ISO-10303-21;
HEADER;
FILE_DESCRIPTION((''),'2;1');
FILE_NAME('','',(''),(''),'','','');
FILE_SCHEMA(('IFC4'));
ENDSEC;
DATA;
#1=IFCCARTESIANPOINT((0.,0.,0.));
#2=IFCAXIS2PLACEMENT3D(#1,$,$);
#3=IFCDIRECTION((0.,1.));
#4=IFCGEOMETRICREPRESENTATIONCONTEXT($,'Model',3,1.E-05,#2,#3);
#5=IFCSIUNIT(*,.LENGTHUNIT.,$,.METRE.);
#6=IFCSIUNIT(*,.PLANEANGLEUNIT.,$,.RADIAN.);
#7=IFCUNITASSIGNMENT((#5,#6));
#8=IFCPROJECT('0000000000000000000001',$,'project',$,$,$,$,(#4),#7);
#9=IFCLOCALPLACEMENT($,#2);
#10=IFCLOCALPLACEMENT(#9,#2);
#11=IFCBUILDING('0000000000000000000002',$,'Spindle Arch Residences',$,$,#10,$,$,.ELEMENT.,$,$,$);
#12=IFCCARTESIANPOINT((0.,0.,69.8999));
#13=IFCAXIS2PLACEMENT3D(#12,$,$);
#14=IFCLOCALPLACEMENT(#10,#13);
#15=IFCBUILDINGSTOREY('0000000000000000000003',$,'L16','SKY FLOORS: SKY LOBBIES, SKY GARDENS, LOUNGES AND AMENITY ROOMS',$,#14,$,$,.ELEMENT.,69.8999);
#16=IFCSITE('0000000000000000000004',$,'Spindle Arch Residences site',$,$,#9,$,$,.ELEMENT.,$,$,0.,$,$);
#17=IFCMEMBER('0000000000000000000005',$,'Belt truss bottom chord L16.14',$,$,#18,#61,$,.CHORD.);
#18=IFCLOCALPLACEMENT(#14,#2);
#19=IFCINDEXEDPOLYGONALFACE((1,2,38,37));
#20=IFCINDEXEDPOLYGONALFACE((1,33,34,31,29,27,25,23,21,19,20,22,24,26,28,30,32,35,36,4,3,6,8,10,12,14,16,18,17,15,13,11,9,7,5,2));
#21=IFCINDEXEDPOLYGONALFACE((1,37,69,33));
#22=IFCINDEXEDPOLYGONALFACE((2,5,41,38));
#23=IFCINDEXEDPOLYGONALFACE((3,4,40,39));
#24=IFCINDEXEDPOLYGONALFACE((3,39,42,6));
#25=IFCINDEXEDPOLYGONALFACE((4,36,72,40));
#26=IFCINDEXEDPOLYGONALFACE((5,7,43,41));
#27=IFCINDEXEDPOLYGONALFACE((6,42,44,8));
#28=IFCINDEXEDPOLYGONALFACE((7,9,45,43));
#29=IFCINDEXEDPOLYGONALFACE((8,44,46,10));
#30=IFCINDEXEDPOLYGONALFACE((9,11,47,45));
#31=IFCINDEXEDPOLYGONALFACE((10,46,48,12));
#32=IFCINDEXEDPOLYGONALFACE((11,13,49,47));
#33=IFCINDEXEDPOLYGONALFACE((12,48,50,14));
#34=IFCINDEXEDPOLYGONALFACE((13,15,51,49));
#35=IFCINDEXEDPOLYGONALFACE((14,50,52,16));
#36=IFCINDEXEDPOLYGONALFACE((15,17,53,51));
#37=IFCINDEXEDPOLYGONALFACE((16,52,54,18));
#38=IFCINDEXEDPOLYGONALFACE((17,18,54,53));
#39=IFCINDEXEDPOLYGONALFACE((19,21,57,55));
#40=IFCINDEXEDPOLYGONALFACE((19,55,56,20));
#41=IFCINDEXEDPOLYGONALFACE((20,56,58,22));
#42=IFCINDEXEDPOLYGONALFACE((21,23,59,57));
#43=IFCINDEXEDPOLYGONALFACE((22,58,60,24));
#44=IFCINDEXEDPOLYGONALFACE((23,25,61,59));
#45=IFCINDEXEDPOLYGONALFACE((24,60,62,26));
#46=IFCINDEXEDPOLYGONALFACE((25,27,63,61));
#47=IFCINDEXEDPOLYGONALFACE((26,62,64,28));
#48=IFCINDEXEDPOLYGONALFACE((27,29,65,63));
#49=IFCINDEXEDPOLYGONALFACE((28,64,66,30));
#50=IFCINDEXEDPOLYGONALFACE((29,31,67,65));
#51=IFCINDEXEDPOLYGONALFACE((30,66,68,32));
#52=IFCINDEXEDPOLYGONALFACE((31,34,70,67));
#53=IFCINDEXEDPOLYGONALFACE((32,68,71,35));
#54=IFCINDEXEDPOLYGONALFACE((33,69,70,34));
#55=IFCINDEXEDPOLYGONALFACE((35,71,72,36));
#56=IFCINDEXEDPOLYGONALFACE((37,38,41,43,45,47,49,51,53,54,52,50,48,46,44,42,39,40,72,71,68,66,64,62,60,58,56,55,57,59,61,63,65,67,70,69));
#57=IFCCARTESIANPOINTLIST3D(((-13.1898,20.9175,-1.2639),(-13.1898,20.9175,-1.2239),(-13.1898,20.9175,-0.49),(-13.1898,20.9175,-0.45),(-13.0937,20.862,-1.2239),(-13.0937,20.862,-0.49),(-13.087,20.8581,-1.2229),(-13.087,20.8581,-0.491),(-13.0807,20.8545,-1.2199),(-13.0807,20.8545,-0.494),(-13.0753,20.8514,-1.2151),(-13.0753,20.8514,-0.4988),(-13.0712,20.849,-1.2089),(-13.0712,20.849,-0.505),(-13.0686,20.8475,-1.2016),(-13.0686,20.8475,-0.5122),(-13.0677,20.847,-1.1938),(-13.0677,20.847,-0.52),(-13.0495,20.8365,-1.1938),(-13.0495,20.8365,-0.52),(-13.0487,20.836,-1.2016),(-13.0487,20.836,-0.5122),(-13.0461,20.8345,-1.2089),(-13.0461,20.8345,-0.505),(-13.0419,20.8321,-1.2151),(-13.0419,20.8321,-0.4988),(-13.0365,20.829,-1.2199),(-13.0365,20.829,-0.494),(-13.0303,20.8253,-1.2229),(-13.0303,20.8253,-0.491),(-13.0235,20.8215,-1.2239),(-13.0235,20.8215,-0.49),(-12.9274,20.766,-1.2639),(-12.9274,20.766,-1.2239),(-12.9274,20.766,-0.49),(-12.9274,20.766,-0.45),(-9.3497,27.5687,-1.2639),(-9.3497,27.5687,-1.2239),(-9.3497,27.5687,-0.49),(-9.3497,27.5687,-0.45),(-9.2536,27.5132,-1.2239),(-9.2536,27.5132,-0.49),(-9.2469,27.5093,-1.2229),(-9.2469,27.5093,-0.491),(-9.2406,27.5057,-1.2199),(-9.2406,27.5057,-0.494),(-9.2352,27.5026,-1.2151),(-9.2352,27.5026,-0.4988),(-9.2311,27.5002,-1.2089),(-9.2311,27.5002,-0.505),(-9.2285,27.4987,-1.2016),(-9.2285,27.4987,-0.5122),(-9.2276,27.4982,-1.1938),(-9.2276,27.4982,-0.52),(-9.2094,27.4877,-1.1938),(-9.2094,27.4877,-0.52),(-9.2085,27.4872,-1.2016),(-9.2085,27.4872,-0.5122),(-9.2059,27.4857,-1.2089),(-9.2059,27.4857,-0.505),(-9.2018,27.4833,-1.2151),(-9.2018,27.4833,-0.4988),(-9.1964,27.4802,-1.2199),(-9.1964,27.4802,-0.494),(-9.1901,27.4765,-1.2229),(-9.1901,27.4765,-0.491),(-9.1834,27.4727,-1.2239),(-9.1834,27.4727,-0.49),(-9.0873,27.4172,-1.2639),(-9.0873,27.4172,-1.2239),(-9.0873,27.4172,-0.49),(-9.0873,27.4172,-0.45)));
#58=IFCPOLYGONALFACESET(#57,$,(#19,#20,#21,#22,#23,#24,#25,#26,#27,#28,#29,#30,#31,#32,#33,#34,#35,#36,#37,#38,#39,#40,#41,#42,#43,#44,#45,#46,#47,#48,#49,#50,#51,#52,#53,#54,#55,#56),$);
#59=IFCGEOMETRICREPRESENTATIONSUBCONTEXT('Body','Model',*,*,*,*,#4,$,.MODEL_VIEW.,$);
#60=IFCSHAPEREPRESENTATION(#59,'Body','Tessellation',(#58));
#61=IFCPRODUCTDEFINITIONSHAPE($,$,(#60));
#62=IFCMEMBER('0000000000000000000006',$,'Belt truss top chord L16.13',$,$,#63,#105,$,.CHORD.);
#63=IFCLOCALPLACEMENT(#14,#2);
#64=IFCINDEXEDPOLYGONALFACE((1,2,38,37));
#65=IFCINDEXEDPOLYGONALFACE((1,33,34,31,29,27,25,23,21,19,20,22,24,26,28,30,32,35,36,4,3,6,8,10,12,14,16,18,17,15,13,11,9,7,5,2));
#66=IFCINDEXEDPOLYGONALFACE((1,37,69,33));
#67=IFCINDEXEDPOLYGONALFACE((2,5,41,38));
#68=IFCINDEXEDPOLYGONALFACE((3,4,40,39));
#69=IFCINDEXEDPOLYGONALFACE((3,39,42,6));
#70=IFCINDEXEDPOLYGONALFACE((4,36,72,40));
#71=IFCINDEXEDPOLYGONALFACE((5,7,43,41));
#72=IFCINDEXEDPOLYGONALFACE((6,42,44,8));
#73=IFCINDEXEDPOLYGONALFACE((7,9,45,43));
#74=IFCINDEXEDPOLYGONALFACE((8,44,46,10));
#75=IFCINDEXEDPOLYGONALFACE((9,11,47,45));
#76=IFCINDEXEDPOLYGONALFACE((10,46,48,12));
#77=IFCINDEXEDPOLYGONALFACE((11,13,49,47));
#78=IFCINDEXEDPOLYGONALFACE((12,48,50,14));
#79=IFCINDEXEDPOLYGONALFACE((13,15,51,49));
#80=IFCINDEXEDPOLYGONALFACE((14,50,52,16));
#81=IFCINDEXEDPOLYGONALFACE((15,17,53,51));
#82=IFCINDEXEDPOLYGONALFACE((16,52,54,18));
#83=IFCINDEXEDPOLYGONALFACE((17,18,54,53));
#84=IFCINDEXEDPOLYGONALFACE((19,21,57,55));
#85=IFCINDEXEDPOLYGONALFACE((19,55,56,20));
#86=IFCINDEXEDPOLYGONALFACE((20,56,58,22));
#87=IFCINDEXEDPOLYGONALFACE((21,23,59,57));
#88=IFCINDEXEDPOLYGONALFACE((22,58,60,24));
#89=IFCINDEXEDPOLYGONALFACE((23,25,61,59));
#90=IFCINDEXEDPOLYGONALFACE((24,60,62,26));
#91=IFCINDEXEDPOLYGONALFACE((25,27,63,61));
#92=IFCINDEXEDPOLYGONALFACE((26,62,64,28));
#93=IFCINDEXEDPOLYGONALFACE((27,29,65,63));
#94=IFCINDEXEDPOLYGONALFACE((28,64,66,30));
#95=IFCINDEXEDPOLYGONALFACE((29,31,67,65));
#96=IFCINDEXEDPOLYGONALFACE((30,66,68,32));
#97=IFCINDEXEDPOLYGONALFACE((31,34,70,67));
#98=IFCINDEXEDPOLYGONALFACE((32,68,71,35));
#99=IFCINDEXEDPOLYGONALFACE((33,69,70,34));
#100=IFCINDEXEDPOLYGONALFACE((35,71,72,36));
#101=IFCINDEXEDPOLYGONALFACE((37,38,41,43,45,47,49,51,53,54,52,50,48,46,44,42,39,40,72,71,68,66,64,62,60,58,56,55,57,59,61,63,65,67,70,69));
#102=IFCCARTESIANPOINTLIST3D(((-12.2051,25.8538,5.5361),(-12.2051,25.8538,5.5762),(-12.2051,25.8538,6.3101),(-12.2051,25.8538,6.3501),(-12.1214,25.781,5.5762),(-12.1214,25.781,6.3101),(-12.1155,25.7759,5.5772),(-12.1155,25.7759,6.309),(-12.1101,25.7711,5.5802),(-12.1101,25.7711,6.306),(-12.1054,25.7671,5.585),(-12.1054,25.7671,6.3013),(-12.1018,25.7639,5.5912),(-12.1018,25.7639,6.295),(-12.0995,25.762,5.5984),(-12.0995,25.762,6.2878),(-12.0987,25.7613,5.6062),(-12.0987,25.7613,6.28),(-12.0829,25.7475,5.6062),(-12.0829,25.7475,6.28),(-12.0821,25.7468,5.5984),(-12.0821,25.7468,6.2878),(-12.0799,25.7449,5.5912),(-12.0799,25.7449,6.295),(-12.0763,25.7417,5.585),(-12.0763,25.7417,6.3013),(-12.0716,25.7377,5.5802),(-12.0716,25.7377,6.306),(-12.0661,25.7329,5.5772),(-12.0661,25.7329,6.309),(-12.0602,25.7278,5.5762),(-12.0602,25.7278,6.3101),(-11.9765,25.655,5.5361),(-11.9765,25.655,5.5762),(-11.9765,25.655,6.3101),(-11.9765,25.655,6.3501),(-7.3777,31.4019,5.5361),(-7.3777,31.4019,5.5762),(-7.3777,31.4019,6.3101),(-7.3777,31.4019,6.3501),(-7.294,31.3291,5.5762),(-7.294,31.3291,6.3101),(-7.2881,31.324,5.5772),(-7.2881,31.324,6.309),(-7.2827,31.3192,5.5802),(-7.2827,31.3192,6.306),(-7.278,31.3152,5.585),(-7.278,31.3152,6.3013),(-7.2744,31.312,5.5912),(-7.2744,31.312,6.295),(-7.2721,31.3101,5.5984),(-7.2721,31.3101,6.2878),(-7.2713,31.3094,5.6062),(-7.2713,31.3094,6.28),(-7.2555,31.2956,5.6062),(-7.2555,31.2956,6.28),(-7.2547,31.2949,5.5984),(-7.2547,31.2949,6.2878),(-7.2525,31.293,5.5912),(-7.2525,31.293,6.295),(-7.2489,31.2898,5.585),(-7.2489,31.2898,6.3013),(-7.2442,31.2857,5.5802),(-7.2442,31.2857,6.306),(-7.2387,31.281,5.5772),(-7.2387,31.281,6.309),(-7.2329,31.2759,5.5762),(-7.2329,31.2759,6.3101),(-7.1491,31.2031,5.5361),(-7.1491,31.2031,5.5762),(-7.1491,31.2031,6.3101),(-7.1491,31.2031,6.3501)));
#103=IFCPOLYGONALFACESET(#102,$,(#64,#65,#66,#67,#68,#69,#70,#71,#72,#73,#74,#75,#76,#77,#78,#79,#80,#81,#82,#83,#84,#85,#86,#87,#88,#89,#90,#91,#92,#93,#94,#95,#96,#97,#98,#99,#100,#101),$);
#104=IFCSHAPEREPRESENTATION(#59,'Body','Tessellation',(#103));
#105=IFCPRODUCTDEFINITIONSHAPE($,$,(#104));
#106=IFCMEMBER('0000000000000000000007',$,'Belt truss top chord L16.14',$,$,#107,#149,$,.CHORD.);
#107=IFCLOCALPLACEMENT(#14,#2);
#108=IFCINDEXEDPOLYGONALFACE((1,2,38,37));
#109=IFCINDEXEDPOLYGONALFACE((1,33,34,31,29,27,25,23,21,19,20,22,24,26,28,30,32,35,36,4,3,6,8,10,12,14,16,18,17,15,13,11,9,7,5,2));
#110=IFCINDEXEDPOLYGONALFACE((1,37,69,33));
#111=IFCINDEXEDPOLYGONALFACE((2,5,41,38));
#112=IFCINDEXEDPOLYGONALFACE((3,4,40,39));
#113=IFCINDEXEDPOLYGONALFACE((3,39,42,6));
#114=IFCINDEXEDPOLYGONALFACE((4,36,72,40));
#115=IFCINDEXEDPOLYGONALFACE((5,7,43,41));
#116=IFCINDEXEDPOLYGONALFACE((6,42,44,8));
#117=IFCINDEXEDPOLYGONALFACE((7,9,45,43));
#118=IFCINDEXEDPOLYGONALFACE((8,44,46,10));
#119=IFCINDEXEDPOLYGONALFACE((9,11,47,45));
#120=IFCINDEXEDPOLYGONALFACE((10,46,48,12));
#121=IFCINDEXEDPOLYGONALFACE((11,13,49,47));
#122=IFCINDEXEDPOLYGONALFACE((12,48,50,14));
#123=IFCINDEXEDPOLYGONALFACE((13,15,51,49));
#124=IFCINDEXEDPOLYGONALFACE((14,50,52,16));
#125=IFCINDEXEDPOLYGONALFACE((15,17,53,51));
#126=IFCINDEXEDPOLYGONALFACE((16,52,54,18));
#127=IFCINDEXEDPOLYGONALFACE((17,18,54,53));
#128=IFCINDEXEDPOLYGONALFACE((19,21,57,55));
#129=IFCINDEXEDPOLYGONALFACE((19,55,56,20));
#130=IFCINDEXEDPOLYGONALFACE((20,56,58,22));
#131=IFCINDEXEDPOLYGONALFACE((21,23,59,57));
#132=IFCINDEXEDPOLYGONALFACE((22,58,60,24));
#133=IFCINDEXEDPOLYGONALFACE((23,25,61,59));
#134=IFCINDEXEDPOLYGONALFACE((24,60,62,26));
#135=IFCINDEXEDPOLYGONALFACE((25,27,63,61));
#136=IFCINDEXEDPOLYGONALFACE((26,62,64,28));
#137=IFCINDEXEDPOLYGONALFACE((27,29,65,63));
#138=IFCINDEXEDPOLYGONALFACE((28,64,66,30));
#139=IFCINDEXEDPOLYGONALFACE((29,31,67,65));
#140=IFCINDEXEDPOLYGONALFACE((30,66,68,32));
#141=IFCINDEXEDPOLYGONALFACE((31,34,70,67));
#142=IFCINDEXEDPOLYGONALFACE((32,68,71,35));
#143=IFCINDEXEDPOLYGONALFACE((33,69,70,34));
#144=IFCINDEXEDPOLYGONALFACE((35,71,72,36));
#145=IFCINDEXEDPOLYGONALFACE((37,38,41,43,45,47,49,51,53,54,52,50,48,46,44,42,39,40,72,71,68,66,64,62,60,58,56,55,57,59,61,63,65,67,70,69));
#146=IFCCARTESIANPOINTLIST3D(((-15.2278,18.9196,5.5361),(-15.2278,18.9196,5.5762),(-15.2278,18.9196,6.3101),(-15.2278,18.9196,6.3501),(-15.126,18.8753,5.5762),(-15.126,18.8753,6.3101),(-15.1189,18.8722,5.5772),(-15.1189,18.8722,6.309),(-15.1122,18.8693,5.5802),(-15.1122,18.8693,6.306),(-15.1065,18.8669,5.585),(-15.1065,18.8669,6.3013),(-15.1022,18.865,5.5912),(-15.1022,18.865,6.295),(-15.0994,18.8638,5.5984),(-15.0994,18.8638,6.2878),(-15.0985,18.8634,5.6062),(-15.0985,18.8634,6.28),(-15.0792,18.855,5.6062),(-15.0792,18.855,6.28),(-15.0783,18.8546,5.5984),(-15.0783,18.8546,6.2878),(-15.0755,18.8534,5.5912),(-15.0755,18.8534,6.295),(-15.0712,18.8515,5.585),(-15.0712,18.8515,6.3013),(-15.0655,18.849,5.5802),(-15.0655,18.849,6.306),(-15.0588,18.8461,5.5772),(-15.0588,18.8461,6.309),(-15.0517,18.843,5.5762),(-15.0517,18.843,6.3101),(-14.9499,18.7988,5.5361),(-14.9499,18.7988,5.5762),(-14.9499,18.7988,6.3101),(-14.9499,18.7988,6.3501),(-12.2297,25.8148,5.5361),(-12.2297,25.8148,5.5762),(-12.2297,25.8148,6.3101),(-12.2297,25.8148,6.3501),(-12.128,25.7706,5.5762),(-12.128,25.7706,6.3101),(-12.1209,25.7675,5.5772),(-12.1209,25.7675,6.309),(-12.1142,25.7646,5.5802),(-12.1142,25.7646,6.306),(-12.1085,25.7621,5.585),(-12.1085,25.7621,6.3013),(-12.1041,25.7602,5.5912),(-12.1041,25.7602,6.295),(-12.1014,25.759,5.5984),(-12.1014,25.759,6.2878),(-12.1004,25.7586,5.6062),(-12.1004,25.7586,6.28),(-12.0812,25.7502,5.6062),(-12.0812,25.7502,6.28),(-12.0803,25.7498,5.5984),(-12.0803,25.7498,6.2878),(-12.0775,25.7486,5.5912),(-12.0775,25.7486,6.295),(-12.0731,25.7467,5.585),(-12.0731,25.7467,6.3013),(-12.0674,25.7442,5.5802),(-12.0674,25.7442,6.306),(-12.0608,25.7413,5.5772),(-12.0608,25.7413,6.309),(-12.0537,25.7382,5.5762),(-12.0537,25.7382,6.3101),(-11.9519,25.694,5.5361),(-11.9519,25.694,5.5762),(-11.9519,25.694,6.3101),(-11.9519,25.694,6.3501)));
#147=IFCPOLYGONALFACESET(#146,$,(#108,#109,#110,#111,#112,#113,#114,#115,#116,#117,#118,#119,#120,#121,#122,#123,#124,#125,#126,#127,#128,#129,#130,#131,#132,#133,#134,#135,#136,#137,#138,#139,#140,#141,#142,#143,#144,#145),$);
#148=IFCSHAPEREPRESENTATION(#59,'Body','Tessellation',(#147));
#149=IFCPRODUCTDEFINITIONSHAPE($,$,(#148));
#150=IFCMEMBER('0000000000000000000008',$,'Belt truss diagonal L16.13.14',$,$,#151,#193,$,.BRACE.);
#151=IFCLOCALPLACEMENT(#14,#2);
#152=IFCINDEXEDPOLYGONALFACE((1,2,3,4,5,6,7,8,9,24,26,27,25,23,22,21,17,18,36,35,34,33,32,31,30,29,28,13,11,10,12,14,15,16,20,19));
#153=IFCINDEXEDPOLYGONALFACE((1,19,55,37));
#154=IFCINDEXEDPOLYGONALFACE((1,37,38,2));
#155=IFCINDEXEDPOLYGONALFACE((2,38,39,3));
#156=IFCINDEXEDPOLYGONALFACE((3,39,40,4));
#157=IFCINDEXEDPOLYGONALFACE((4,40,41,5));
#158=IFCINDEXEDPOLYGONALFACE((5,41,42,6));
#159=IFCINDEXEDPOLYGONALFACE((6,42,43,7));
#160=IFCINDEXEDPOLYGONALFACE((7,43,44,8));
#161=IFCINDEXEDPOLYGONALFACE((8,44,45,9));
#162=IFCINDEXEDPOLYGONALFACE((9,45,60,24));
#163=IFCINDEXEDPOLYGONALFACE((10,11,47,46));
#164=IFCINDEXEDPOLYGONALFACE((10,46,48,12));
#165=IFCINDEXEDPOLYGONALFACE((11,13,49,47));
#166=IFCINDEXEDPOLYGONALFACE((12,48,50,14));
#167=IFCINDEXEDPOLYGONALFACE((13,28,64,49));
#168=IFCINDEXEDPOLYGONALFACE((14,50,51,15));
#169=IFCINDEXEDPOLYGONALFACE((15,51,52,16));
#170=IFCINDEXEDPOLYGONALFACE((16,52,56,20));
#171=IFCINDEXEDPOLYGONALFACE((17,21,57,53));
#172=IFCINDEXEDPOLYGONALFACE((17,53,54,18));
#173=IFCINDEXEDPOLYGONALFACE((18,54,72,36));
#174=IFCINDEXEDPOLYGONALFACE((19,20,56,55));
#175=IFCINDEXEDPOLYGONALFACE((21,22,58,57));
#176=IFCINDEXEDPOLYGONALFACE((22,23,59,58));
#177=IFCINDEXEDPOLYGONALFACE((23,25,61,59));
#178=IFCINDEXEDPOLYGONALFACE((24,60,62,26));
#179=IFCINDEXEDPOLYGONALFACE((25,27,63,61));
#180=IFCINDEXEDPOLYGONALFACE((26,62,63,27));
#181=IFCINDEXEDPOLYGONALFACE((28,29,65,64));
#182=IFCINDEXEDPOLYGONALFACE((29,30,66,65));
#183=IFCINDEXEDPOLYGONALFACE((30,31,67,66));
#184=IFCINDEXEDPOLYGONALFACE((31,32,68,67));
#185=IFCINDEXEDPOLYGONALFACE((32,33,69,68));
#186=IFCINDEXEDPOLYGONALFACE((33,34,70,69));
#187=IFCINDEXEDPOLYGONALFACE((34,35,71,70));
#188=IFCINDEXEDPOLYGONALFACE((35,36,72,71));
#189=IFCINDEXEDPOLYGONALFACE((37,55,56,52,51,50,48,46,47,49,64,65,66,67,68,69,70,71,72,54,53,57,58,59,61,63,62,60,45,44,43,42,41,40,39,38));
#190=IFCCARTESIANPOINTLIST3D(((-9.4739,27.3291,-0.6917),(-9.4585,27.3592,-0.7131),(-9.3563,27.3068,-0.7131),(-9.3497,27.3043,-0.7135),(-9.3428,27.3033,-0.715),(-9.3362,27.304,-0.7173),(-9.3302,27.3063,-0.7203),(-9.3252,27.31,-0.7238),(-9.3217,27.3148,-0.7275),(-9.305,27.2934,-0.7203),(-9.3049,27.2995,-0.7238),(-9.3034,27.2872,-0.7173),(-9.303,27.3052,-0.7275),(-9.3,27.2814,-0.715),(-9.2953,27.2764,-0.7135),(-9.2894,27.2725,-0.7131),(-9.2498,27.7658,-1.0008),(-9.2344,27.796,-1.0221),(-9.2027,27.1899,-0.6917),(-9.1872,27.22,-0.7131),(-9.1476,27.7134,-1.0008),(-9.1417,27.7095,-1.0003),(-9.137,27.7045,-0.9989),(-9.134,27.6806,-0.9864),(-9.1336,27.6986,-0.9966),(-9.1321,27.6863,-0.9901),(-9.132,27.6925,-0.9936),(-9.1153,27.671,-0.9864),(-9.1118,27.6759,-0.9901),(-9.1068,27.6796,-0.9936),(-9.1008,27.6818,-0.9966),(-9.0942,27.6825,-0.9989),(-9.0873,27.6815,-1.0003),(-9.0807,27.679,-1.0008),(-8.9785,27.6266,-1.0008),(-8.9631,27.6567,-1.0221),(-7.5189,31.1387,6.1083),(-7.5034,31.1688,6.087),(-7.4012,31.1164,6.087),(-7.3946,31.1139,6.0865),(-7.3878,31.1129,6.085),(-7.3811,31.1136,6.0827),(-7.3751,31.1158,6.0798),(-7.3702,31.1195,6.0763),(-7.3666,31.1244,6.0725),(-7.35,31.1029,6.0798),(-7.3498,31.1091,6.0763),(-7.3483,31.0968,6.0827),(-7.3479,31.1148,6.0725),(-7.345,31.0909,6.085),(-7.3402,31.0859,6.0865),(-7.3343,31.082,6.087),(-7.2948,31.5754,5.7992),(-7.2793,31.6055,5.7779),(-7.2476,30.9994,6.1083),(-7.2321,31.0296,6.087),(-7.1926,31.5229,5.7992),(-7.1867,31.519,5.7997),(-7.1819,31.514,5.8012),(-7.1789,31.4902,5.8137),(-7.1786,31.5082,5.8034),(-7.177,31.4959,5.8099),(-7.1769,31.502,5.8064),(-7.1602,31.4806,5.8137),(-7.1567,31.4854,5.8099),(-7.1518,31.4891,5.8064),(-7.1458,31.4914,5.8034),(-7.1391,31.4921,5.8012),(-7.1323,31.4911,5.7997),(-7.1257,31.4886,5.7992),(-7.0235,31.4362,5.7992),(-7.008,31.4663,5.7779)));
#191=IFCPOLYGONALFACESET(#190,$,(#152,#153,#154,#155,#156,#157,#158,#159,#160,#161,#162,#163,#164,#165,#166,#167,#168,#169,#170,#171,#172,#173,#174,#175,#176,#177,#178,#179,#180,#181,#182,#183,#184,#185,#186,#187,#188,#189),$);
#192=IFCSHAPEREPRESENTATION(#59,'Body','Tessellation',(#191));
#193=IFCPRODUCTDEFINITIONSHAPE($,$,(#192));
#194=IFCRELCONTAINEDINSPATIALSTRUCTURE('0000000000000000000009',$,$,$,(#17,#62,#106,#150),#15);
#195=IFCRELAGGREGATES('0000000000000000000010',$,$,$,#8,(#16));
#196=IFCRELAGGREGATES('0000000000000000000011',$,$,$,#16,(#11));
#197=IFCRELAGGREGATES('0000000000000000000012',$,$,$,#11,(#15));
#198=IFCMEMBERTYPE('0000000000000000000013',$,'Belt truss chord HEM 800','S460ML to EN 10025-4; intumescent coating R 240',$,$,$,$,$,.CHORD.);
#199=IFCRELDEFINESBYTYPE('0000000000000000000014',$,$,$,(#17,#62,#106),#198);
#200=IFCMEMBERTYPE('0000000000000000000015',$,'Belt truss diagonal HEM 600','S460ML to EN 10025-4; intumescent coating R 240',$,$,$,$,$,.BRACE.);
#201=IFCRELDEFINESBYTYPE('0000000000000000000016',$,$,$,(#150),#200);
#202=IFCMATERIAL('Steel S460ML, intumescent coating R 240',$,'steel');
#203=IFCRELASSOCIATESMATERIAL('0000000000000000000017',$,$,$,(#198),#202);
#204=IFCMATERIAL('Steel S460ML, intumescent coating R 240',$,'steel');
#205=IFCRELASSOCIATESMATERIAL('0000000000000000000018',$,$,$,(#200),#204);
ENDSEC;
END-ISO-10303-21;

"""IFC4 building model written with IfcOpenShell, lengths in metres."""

from ifc_helpers import new_model, si_unit, direction, frame, origin, origin_2d, place, context, subcontext, project, spatial, i_section, extrude, material, material_profile, profile_set, type_object, element, save


model = new_model("IFC4")

# Units and contexts
model_context = context("Model", 3, precision=1e-05, world=origin(), true_north=direction((0.0, 1.0)))
body_context = subcontext(model_context, "Body", "Model", "MODEL_VIEW")
ifc_project = project(units=[si_unit("LENGTHUNIT", "METRE"), si_unit("PLANEANGLEUNIT", "RADIAN")], contexts=[model_context])

# Site, building, storey
site_placement = place(None, origin())
site = spatial("IfcSite", under=ifc_project, at=site_placement, Name="Spindle Arch Residences site", CompositionType="ELEMENT", RefElevation=0.0)
building_placement = place(site_placement, origin())
building = spatial("IfcBuilding", under=site, at=building_placement, Name="Spindle Arch Residences", CompositionType="ELEMENT")
storey_placement = place(building_placement, frame((0.0, 0.0, 69.8999)))
storey = spatial("IfcBuildingStorey", under=building, at=storey_placement, Name="L16", Description="SKY FLOORS: SKY LOBBIES, SKY GARDENS, LOUNGES AND AMENITY ROOMS", CompositionType="ELEMENT", Elevation=69.8999)

# Members
ifc_material_1 = material(Name="Steel S460ML, intumescent coating R 240", Category="steel")
ifc_material_profile_1 = material_profile(ifc_material_1, i_section(OverallWidth=0.303, OverallDepth=0.814, WebThickness=0.021, FlangeThickness=0.04, FilletRadius=0.03, at=origin_2d()), Name="HEM 800")
ifc_profile_set_1 = profile_set([ifc_material_profile_1], Name="Steel S460ML, intumescent coating R 240")
member_type_1 = type_object("IfcMemberType", Name="Belt truss chord HEM 800", Description="S460ML to EN 10025-4; intumescent coating R 240", PredefinedType="CHORD", material=ifc_profile_set_1)
member_1_placement = place(storey_placement, frame((-9.2185, 27.4929, -0.8569), z_axis=(-0.500006, -0.866022, 0.0), x_axis=(0.866022, -0.500006, 0.0)))
element("IfcMember", 1, at=member_1_placement, inside=storey, type_object=member_type_1, Name="Belt truss bottom chord L16.14", PredefinedType="CHORD", context=body_context, shape_type="SweptSolid", body=[
    extrude(i_section(OverallWidth=0.303, OverallDepth=0.814, WebThickness=0.021, FlangeThickness=0.04, FilletRadius=0.03, at=origin_2d()), origin(), (0.0, 0.0, 1.0), 7.6802),
])
member_2_placement = place(storey_placement, frame((-7.2634, 31.3025, 5.9431), z_axis=(-0.656408, -0.754406, 0.0), x_axis=(0.754406, -0.656408, 0.0)))
element("IfcMember", 2, at=member_2_placement, inside=storey, type_object=member_type_1, Name="Belt truss top chord L16.13", PredefinedType="CHORD", context=body_context, shape_type="SweptSolid", body=[
    extrude(i_section(OverallWidth=0.303, OverallDepth=0.814, WebThickness=0.021, FlangeThickness=0.04, FilletRadius=0.03, at=origin_2d()), origin(), (0.0, 0.0, 1.0), 7.3542),
])
member_3_placement = place(storey_placement, frame((-12.0908, 25.7544, 5.9431), z_axis=(-0.398738, -0.917065, 0.0), x_axis=(0.917065, -0.398738, 0.0)))
element("IfcMember", 3, at=member_3_placement, inside=storey, type_object=member_type_1, Name="Belt truss top chord L16.14", PredefinedType="CHORD", context=body_context, shape_type="SweptSolid", body=[
    extrude(i_section(OverallWidth=0.303, OverallDepth=0.814, WebThickness=0.021, FlangeThickness=0.04, FilletRadius=0.03, at=origin_2d()), origin(), (0.0, 0.0, 1.0), 7.5188),
])
ifc_material_2 = material(Name="Steel S460ML, intumescent coating R 240", Category="steel")
ifc_material_profile_2 = material_profile(ifc_material_2, i_section(OverallWidth=0.3049, OverallDepth=0.6201, WebThickness=0.021, FlangeThickness=0.04, FilletRadius=0.0271, at=origin_2d()), Name="HEM 600")
ifc_profile_set_2 = profile_set([ifc_material_profile_2], Name="Steel S460ML, intumescent coating R 240")
member_type_2 = type_object("IfcMemberType", Name="Belt truss diagonal HEM 600", Description="S460ML to EN 10025-4; intumescent coating R 240", PredefinedType="BRACE", material=ifc_profile_set_2)
member_4_placement = place(storey_placement, frame((-9.2185, 27.4929, -0.8569), z_axis=(0.243293, 0.474068, 0.846208), x_axis=(-0.88968, 0.456585, 0.0)))
element("IfcMember", 4, at=member_4_placement, inside=storey, type_object=member_type_2, Name="Belt truss diagonal L16.13.14", PredefinedType="BRACE", context=body_context, shape_type="SweptSolid", body=[
    extrude(i_section(OverallWidth=0.3049, OverallDepth=0.6201, WebThickness=0.021, FlangeThickness=0.04, FilletRadius=0.0271, at=origin_2d()), origin(), (0.0, 0.0, 1.0), 8.0359),
])

save(model, "model.ifc")
